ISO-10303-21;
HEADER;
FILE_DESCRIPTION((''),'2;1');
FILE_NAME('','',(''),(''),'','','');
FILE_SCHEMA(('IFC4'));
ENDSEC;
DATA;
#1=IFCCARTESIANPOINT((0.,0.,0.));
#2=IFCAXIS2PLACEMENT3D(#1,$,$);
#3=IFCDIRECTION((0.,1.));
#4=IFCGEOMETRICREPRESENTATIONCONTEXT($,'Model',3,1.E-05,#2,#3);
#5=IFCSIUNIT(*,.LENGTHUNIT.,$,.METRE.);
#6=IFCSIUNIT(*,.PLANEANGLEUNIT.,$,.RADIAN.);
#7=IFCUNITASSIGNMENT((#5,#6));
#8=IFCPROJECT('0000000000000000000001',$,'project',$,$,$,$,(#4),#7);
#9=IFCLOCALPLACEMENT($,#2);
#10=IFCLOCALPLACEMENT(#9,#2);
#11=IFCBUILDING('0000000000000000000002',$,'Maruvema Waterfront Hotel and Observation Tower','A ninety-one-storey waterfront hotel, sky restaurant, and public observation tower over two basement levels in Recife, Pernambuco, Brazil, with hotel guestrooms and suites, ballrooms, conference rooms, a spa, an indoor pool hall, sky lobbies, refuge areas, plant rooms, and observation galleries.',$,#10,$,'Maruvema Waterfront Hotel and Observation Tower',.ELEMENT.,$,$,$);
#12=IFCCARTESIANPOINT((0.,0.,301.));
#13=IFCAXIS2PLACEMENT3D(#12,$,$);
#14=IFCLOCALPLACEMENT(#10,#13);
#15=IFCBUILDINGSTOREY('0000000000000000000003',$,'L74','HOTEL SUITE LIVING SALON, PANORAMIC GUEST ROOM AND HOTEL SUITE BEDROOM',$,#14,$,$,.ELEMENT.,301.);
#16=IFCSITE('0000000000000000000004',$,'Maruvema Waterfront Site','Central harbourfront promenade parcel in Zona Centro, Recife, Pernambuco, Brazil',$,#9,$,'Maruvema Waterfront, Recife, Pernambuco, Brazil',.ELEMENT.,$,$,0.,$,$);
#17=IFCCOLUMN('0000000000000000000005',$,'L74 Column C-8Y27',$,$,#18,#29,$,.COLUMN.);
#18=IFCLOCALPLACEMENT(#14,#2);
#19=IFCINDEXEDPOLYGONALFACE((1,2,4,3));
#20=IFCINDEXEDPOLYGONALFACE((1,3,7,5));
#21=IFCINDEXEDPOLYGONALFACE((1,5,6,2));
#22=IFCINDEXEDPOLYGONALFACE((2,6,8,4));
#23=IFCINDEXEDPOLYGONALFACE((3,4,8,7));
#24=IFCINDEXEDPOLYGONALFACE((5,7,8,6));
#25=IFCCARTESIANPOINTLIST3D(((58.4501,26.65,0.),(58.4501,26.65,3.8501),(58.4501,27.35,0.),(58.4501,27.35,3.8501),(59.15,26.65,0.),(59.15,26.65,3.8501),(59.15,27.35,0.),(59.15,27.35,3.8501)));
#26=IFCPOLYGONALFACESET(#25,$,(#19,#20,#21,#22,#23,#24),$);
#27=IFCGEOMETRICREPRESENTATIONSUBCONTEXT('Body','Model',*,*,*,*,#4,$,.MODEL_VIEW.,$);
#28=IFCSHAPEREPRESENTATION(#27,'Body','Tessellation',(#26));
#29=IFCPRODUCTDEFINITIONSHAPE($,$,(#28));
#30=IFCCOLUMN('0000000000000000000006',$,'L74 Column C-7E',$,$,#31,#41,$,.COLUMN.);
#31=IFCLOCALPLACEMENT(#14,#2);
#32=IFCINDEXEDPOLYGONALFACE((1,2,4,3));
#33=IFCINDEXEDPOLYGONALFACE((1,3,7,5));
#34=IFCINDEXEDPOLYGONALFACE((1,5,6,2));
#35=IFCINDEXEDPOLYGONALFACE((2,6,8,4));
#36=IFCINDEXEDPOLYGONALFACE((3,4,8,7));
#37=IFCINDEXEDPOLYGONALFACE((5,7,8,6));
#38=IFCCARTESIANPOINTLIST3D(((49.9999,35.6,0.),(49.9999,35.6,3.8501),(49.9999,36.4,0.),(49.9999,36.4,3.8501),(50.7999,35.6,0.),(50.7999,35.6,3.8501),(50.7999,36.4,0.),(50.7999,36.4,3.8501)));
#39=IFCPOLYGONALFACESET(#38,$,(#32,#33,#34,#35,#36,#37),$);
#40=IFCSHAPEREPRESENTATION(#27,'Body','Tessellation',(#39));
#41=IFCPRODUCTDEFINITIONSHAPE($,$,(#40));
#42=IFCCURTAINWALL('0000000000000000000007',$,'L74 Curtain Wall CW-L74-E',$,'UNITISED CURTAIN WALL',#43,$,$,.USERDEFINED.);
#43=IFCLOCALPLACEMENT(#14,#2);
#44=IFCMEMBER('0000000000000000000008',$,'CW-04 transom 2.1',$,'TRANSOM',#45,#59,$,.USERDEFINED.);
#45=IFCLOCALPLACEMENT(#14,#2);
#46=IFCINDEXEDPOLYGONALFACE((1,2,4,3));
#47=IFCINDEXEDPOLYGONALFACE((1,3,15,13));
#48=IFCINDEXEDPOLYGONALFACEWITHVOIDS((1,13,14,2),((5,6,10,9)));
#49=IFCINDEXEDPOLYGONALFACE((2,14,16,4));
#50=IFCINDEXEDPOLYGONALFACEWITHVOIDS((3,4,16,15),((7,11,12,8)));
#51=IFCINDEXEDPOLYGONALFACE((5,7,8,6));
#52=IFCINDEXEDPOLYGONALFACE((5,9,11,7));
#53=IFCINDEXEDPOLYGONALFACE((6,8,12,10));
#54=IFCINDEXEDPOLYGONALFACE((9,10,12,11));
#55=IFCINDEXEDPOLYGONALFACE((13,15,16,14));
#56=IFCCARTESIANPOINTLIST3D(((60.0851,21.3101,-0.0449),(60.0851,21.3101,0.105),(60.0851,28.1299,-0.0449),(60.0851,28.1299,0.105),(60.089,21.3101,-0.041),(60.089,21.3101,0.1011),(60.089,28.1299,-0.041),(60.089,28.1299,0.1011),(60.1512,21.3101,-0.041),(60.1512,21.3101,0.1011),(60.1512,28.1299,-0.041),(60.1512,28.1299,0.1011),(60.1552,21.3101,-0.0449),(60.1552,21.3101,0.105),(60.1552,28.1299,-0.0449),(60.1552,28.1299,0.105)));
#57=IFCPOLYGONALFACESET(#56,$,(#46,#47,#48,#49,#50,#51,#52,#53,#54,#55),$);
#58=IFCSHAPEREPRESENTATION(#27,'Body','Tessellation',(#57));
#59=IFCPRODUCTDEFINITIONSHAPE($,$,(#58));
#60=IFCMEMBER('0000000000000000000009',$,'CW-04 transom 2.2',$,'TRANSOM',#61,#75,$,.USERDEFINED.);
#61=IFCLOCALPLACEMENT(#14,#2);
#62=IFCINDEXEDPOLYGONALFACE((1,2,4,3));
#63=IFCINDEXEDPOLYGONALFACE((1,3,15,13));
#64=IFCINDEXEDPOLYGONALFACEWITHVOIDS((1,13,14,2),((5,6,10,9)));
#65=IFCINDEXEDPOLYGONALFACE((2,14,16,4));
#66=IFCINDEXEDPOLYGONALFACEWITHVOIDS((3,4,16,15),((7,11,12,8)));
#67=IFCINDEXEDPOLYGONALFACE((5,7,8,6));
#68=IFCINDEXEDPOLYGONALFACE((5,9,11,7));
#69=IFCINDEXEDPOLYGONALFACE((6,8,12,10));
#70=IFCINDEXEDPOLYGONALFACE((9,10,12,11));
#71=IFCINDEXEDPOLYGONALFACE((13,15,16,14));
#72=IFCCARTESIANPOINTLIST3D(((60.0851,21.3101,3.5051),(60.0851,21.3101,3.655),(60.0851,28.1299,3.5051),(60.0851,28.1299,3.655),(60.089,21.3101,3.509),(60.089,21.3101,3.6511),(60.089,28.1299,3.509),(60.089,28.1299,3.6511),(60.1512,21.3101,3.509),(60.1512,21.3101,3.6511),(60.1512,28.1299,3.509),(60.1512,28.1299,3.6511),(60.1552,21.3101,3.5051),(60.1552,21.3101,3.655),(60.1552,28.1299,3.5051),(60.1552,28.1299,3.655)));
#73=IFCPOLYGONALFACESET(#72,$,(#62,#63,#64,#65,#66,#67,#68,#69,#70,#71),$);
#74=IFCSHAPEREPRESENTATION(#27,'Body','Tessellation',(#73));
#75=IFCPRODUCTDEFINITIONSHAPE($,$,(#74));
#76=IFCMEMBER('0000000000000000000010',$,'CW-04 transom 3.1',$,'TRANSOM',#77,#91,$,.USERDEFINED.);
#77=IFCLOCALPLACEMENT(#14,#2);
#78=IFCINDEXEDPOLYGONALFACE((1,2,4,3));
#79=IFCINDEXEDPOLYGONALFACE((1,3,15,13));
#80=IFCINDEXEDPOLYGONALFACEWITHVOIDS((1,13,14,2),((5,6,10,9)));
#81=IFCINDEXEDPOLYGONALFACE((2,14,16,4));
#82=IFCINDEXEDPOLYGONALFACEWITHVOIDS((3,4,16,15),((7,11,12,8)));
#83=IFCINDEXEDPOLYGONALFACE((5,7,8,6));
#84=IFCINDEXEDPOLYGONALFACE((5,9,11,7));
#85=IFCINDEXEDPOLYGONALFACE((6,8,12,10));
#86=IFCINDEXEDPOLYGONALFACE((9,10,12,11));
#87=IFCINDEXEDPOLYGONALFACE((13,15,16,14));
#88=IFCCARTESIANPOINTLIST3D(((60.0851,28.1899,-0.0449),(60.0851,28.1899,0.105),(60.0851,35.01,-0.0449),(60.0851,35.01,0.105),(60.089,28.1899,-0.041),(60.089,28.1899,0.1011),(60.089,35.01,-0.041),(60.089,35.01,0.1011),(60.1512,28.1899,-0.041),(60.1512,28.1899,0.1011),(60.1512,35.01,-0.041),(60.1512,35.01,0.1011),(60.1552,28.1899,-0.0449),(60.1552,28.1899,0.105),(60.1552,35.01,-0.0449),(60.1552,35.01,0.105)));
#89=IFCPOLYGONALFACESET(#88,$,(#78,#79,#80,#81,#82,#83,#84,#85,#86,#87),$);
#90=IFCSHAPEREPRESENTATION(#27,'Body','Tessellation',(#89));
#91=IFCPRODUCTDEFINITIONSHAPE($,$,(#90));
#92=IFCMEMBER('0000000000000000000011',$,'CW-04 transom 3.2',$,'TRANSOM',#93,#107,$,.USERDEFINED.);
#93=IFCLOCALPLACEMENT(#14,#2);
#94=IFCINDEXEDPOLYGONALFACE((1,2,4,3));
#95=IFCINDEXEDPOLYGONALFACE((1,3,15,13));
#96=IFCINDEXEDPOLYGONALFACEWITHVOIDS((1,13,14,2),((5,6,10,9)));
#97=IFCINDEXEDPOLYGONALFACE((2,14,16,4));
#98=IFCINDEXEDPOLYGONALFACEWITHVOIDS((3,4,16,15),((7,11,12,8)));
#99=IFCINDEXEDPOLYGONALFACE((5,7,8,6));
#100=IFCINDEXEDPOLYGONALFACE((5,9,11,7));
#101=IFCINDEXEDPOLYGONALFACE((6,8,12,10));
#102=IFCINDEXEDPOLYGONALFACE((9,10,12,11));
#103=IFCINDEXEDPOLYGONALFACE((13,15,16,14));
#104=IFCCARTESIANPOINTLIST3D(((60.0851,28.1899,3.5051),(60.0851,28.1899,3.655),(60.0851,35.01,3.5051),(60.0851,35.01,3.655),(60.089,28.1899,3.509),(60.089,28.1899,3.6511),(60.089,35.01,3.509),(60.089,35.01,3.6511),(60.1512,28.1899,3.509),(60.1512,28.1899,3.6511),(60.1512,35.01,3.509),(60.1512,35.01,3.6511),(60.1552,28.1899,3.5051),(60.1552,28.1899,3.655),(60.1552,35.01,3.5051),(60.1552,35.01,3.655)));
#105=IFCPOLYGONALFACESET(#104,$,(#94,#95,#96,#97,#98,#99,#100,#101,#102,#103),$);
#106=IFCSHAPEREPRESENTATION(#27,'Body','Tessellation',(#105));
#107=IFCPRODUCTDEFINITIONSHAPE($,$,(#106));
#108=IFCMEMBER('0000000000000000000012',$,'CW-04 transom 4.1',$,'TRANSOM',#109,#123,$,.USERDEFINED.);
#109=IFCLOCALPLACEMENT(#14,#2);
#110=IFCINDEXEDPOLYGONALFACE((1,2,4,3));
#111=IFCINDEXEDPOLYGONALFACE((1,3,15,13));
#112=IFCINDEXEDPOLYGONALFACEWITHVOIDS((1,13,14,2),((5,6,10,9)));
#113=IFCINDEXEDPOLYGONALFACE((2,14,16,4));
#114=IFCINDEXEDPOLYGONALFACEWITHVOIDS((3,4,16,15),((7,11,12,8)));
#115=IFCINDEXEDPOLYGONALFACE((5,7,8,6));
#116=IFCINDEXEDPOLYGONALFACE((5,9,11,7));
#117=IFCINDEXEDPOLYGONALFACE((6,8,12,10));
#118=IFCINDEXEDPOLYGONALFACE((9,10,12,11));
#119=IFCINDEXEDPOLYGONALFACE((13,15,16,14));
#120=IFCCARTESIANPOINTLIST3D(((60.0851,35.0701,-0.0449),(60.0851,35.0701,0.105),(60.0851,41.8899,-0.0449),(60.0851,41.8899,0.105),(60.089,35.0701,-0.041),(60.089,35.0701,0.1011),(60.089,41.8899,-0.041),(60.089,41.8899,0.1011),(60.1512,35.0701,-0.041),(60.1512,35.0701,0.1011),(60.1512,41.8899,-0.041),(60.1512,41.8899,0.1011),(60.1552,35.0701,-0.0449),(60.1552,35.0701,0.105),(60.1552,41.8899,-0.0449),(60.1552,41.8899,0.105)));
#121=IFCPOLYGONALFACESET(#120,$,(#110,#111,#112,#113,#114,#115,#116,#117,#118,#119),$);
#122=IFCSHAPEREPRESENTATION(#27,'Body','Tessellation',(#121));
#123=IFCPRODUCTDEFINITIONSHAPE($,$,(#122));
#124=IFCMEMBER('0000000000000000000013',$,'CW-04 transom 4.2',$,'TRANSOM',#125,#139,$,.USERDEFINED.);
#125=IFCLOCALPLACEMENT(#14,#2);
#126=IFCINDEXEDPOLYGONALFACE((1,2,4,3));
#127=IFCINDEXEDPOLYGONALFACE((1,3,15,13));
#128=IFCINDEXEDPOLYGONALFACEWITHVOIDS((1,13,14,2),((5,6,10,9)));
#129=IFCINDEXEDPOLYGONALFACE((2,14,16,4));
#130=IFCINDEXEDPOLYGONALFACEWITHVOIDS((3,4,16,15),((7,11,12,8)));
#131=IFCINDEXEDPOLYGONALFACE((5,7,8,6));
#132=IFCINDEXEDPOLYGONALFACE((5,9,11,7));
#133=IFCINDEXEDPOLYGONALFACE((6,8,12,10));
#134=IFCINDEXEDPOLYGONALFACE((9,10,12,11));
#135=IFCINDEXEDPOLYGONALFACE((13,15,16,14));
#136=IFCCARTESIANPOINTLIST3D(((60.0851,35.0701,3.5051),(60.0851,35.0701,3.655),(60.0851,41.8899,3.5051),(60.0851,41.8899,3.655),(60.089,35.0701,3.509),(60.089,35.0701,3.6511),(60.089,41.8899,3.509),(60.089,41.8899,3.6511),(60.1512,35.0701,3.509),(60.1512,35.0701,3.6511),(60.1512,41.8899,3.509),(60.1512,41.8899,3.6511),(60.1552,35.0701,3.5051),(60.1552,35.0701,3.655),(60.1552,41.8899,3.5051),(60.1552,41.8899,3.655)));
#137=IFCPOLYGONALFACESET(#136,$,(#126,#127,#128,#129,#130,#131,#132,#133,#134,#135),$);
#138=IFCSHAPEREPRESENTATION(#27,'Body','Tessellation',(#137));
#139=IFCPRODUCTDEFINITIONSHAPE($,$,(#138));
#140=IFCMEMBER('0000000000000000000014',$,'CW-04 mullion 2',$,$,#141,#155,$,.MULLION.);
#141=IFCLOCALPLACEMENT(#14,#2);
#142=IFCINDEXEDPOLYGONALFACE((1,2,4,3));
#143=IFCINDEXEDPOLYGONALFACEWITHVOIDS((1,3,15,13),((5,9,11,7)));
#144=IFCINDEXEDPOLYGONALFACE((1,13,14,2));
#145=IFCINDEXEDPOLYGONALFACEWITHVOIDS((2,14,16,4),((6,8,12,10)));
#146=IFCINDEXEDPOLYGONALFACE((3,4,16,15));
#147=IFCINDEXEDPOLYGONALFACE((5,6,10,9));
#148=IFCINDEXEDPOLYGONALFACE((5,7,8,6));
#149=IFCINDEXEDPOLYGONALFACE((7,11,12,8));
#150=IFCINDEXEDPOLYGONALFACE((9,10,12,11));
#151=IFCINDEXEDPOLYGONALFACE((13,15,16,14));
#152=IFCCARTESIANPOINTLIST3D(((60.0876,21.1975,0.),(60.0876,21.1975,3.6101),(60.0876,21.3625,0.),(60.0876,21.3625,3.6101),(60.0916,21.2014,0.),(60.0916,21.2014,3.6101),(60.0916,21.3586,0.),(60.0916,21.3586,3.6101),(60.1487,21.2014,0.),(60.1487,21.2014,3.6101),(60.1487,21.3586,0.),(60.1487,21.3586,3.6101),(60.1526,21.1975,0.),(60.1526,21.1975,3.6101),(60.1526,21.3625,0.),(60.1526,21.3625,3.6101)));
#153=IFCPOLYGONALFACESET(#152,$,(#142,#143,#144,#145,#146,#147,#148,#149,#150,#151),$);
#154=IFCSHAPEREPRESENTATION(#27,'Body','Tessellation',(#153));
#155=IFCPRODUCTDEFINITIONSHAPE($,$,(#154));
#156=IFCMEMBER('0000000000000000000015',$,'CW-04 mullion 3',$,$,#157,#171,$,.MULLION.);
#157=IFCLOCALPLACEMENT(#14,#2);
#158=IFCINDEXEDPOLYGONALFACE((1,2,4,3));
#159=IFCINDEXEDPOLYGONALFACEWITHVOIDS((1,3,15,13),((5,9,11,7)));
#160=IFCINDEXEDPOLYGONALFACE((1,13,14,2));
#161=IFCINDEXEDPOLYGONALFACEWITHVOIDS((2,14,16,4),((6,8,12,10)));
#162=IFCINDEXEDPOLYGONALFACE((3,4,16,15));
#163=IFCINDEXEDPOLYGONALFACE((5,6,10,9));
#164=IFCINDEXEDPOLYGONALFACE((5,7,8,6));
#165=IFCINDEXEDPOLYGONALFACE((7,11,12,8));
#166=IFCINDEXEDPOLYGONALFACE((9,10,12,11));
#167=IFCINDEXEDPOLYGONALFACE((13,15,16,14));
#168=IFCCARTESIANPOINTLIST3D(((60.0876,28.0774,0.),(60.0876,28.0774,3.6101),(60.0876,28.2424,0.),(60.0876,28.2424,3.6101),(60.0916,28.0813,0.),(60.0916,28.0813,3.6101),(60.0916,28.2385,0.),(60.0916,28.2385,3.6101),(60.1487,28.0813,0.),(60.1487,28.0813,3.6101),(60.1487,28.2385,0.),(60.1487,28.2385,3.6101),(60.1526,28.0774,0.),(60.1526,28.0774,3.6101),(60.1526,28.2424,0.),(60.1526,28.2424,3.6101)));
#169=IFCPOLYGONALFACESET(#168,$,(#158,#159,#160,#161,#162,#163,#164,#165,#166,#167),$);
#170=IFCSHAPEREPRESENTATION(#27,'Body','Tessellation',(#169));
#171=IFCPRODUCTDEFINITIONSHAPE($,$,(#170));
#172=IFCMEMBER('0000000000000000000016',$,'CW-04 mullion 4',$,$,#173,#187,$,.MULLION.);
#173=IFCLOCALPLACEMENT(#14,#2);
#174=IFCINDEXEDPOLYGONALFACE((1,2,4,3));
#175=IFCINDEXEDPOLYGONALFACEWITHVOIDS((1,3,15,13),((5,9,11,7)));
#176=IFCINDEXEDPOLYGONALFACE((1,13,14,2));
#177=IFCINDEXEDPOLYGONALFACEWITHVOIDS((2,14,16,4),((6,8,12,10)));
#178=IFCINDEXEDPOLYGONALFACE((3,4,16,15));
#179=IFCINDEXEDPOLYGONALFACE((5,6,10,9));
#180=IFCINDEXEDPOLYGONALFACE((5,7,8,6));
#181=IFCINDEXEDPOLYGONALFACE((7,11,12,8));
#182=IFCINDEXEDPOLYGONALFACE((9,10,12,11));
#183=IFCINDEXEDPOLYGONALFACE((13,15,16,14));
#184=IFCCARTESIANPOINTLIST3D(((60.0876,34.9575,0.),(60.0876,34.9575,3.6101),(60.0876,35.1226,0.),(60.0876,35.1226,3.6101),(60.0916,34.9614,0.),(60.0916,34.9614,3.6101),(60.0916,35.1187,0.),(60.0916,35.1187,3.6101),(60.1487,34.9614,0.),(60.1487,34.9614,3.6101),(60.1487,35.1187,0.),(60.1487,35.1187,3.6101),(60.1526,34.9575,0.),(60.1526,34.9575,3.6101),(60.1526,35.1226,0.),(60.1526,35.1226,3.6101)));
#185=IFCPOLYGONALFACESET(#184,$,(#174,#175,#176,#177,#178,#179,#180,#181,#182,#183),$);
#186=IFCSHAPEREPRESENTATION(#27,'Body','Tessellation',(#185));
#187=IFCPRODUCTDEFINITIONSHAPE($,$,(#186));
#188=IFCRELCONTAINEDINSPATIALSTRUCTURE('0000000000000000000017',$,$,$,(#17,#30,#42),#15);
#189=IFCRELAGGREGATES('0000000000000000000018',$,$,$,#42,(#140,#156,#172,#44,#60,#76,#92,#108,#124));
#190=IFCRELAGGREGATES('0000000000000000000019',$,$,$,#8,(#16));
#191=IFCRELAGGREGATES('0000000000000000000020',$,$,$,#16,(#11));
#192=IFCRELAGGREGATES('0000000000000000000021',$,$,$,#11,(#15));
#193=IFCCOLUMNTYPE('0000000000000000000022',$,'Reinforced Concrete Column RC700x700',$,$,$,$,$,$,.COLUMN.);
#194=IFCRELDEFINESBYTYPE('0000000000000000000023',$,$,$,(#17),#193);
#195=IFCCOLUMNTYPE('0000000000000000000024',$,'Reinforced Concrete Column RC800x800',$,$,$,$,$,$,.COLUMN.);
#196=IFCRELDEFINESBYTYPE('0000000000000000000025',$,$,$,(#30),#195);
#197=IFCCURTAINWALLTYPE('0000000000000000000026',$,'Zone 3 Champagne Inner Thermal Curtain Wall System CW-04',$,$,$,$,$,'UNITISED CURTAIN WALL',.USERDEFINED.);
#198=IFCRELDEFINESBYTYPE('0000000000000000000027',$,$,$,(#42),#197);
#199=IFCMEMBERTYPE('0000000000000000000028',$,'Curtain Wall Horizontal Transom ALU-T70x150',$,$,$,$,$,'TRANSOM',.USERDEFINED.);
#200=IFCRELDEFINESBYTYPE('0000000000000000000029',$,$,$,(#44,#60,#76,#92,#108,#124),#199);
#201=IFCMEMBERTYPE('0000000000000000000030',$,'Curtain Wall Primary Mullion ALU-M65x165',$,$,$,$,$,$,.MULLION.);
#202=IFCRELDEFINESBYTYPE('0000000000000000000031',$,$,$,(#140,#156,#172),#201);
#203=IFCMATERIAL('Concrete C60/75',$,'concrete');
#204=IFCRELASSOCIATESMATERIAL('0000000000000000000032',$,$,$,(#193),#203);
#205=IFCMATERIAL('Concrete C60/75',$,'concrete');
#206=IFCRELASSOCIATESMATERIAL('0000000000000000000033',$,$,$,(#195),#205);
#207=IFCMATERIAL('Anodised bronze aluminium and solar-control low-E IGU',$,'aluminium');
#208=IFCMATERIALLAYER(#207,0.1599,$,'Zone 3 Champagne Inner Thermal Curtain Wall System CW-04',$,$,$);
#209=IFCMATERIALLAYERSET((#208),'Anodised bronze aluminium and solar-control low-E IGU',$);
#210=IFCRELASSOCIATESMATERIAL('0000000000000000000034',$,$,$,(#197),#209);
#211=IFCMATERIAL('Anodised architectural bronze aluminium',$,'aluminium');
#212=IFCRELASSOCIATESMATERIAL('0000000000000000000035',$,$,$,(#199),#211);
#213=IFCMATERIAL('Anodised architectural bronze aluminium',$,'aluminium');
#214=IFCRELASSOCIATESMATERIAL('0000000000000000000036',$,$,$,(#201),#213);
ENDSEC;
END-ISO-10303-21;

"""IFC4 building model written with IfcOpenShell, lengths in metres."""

from ifc_helpers import new_model, si_unit, direction, frame, origin, origin_2d, place, context, subcontext, project, spatial, rectangle, hollow_rectangle, extrude, material, layer, layer_set, material_profile, profile_set, type_object, element, aggregate, save


model = new_model("IFC4")

# Units and contexts
model_context = context("Model", 3, precision=1e-05, world=origin(), true_north=direction((0.0, 1.0)))
body_context = subcontext(model_context, "Body", "Model", "MODEL_VIEW")
ifc_project = project(units=[si_unit("LENGTHUNIT", "METRE"), si_unit("PLANEANGLEUNIT", "RADIAN")], contexts=[model_context])

# Site, building, storey
site_placement = place(None, origin())
site = spatial("IfcSite", under=ifc_project, at=site_placement, Name="Maruvema Waterfront Site", Description="Central harbourfront promenade parcel in Zona Centro, Recife, Pernambuco, Brazil", LongName="Maruvema Waterfront, Recife, Pernambuco, Brazil", CompositionType="ELEMENT", RefElevation=0.0)
building_placement = place(site_placement, origin())
building = spatial("IfcBuilding", under=site, at=building_placement, Name="Maruvema Waterfront Hotel and Observation Tower", Description="A ninety-one-storey waterfront hotel, sky restaurant, and public observation tower over two basement levels in Recife, Pernambuco, Brazil, with hotel guestrooms and suites, ballrooms, conference rooms, a spa, an indoor pool hall, sky lobbies, refuge areas, plant rooms, and observation galleries.", LongName="Maruvema Waterfront Hotel and Observation Tower", CompositionType="ELEMENT")
storey_placement = place(building_placement, frame((0.0, 0.0, 301.0)))
storey = spatial("IfcBuildingStorey", under=building, at=storey_placement, Name="L74", Description="HOTEL SUITE LIVING SALON, PANORAMIC GUEST ROOM AND HOTEL SUITE BEDROOM", CompositionType="ELEMENT", Elevation=301.0)

# Columns
ifc_material_1 = material(Name="Concrete C60/75", Category="concrete")
ifc_material_profile_1 = material_profile(ifc_material_1, rectangle(XDim=0.7, YDim=0.7, at=origin_2d()), Name="RC700x700")
ifc_profile_set_1 = profile_set([ifc_material_profile_1], Name="Concrete C60/75")
column_type_1 = type_object("IfcColumnType", Name="Reinforced Concrete Column RC700x700", PredefinedType="COLUMN", material=ifc_profile_set_1)
column_1_placement = place(storey_placement, frame((58.8, 27.0, 0.0), z_axis=(0.0, 0.0, 1.0), x_axis=(1.0, 0.0, 0.0)))
element("IfcColumn", 1, at=column_1_placement, inside=storey, type_object=column_type_1, Name="L74 Column C-8Y27", PredefinedType="COLUMN", context=body_context, shape_type="SweptSolid", body=[
    extrude(rectangle(XDim=0.7, YDim=0.7, at=origin_2d()), origin(), (0.0, 0.0, 1.0), 3.8501),
])
ifc_material_2 = material(Name="Concrete C60/75", Category="concrete")
ifc_material_profile_2 = material_profile(ifc_material_2, rectangle(XDim=0.8, YDim=0.8, at=origin_2d()), Name="RC800x800")
ifc_profile_set_2 = profile_set([ifc_material_profile_2], Name="Concrete C60/75")
column_type_2 = type_object("IfcColumnType", Name="Reinforced Concrete Column RC800x800", PredefinedType="COLUMN", material=ifc_profile_set_2)
column_2_placement = place(storey_placement, frame((50.3999, 36.0, 0.0), z_axis=(0.0, 0.0, 1.0), x_axis=(1.0, 0.0, 0.0)))
element("IfcColumn", 2, at=column_2_placement, inside=storey, type_object=column_type_2, Name="L74 Column C-7E", PredefinedType="COLUMN", context=body_context, shape_type="SweptSolid", body=[
    extrude(rectangle(XDim=0.8, YDim=0.8, at=origin_2d()), origin(), (0.0, 0.0, 1.0), 3.8501),
])

# Curtain wall, members
ifc_material_3 = material(Name="Anodised bronze aluminium and solar-control low-E IGU", Category="aluminium")
ifc_layer_1 = layer(ifc_material_3, 0.1599, Name="Zone 3 Champagne Inner Thermal Curtain Wall System CW-04")
ifc_layer_set_1 = layer_set([ifc_layer_1], Name="Anodised bronze aluminium and solar-control low-E IGU")
curtain_wall_type = type_object("IfcCurtainWallType", Name="Zone 3 Champagne Inner Thermal Curtain Wall System CW-04", ElementType="UNITISED CURTAIN WALL", PredefinedType="USERDEFINED", material=ifc_layer_set_1)
curtain_wall_placement = place(storey_placement, origin())
curtain_wall = element("IfcCurtainWall", 3, at=curtain_wall_placement, inside=storey, type_object=curtain_wall_type, Name="L74 Curtain Wall CW-L74-E", ObjectType="UNITISED CURTAIN WALL", PredefinedType="USERDEFINED")
ifc_material_4 = material(Name="Anodised architectural bronze aluminium", Category="aluminium")
ifc_material_profile_3 = material_profile(ifc_material_4, hollow_rectangle(XDim=0.0701, YDim=0.1499, WallThickness=0.0039, at=origin_2d()), Name="ALU-T70x150")
ifc_profile_set_3 = profile_set([ifc_material_profile_3], Name="Anodised architectural bronze aluminium")
member_type_1 = type_object("IfcMemberType", Name="Curtain Wall Horizontal Transom ALU-T70x150", ElementType="TRANSOM", PredefinedType="USERDEFINED", material=ifc_profile_set_3)
member_1_placement = place(storey_placement, frame((60.1201, 21.3101, 0.03), z_axis=(0.0, 1.0, 0.0), x_axis=(-1.0, 0.0, 0.0)))
member_1 = element("IfcMember", 4, at=member_1_placement, type_object=member_type_1, Name="CW-04 transom 2.1", ObjectType="TRANSOM", PredefinedType="USERDEFINED", context=body_context, shape_type="SweptSolid", body=[
    extrude(hollow_rectangle(XDim=0.0701, YDim=0.1499, WallThickness=0.0039, at=origin_2d()), origin(), (0.0, 0.0, 1.0), 6.8198),
])
member_2_placement = place(storey_placement, frame((60.1201, 21.3101, 3.5801), z_axis=(0.0, 1.0, 0.0), x_axis=(-1.0, 0.0, 0.0)))
member_2 = element("IfcMember", 5, at=member_2_placement, type_object=member_type_1, Name="CW-04 transom 2.2", ObjectType="TRANSOM", PredefinedType="USERDEFINED", context=body_context, shape_type="SweptSolid", body=[
    extrude(hollow_rectangle(XDim=0.0701, YDim=0.1499, WallThickness=0.0039, at=origin_2d()), origin(), (0.0, 0.0, 1.0), 6.8198),
])
member_3_placement = place(storey_placement, frame((60.1201, 28.1899, 0.03), z_axis=(0.0, 1.0, 0.0), x_axis=(-1.0, 0.0, 0.0)))
member_3 = element("IfcMember", 6, at=member_3_placement, type_object=member_type_1, Name="CW-04 transom 3.1", ObjectType="TRANSOM", PredefinedType="USERDEFINED", context=body_context, shape_type="SweptSolid", body=[
    extrude(hollow_rectangle(XDim=0.0701, YDim=0.1499, WallThickness=0.0039, at=origin_2d()), origin(), (0.0, 0.0, 1.0), 6.8201),
])
member_4_placement = place(storey_placement, frame((60.1201, 28.1899, 3.5801), z_axis=(0.0, 1.0, 0.0), x_axis=(-1.0, 0.0, 0.0)))
member_4 = element("IfcMember", 7, at=member_4_placement, type_object=member_type_1, Name="CW-04 transom 3.2", ObjectType="TRANSOM", PredefinedType="USERDEFINED", context=body_context, shape_type="SweptSolid", body=[
    extrude(hollow_rectangle(XDim=0.0701, YDim=0.1499, WallThickness=0.0039, at=origin_2d()), origin(), (0.0, 0.0, 1.0), 6.8201),
])
member_5_placement = place(storey_placement, frame((60.1201, 35.0701, 0.03), z_axis=(0.0, 1.0, 0.0), x_axis=(-1.0, 0.0, 0.0)))
member_5 = element("IfcMember", 8, at=member_5_placement, type_object=member_type_1, Name="CW-04 transom 4.1", ObjectType="TRANSOM", PredefinedType="USERDEFINED", context=body_context, shape_type="SweptSolid", body=[
    extrude(hollow_rectangle(XDim=0.0701, YDim=0.1499, WallThickness=0.0039, at=origin_2d()), origin(), (0.0, 0.0, 1.0), 6.8198),
])
member_6_placement = place(storey_placement, frame((60.1201, 35.0701, 3.5801), z_axis=(0.0, 1.0, 0.0), x_axis=(-1.0, 0.0, 0.0)))
member_6 = element("IfcMember", 9, at=member_6_placement, type_object=member_type_1, Name="CW-04 transom 4.2", ObjectType="TRANSOM", PredefinedType="USERDEFINED", context=body_context, shape_type="SweptSolid", body=[
    extrude(hollow_rectangle(XDim=0.0701, YDim=0.1499, WallThickness=0.0039, at=origin_2d()), origin(), (0.0, 0.0, 1.0), 6.8198),
])
ifc_material_5 = material(Name="Anodised architectural bronze aluminium", Category="aluminium")
ifc_material_profile_4 = material_profile(ifc_material_5, hollow_rectangle(XDim=0.0649, YDim=0.165, WallThickness=0.0039, at=origin_2d()), Name="ALU-M65x165")
ifc_profile_set_4 = profile_set([ifc_material_profile_4], Name="Anodised architectural bronze aluminium")
member_type_2 = type_object("IfcMemberType", Name="Curtain Wall Primary Mullion ALU-M65x165", PredefinedType="MULLION", material=ifc_profile_set_4)
member_7_placement = place(storey_placement, frame((60.1201, 21.28, 0.0), z_axis=(0.0, 0.0, 1.0), x_axis=(-1.0, 0.0, 0.0)))
member_7 = element("IfcMember", 10, at=member_7_placement, type_object=member_type_2, Name="CW-04 mullion 2", PredefinedType="MULLION", context=body_context, shape_type="SweptSolid", body=[
    extrude(hollow_rectangle(XDim=0.0649, YDim=0.165, WallThickness=0.0039, at=origin_2d()), origin(), (0.0, 0.0, 1.0), 3.6101),
])
member_8_placement = place(storey_placement, frame((60.1201, 28.1599, 0.0), z_axis=(0.0, 0.0, 1.0), x_axis=(-1.0, 0.0, 0.0)))
member_8 = element("IfcMember", 11, at=member_8_placement, type_object=member_type_2, Name="CW-04 mullion 3", PredefinedType="MULLION", context=body_context, shape_type="SweptSolid", body=[
    extrude(hollow_rectangle(XDim=0.0649, YDim=0.165, WallThickness=0.0039, at=origin_2d()), origin(), (0.0, 0.0, 1.0), 3.6101),
])
member_9_placement = place(storey_placement, frame((60.1201, 35.04, 0.0), z_axis=(0.0, 0.0, 1.0), x_axis=(-1.0, 0.0, 0.0)))
member_9 = element("IfcMember", 12, at=member_9_placement, type_object=member_type_2, Name="CW-04 mullion 4", PredefinedType="MULLION", context=body_context, shape_type="SweptSolid", body=[
    extrude(hollow_rectangle(XDim=0.0649, YDim=0.165, WallThickness=0.0039, at=origin_2d()), origin(), (0.0, 0.0, 1.0), 3.6101),
])

aggregate(curtain_wall, [member_7, member_8, member_9, member_1, member_2, member_3, member_4, member_5, member_6])

save(model, "model.ifc")
